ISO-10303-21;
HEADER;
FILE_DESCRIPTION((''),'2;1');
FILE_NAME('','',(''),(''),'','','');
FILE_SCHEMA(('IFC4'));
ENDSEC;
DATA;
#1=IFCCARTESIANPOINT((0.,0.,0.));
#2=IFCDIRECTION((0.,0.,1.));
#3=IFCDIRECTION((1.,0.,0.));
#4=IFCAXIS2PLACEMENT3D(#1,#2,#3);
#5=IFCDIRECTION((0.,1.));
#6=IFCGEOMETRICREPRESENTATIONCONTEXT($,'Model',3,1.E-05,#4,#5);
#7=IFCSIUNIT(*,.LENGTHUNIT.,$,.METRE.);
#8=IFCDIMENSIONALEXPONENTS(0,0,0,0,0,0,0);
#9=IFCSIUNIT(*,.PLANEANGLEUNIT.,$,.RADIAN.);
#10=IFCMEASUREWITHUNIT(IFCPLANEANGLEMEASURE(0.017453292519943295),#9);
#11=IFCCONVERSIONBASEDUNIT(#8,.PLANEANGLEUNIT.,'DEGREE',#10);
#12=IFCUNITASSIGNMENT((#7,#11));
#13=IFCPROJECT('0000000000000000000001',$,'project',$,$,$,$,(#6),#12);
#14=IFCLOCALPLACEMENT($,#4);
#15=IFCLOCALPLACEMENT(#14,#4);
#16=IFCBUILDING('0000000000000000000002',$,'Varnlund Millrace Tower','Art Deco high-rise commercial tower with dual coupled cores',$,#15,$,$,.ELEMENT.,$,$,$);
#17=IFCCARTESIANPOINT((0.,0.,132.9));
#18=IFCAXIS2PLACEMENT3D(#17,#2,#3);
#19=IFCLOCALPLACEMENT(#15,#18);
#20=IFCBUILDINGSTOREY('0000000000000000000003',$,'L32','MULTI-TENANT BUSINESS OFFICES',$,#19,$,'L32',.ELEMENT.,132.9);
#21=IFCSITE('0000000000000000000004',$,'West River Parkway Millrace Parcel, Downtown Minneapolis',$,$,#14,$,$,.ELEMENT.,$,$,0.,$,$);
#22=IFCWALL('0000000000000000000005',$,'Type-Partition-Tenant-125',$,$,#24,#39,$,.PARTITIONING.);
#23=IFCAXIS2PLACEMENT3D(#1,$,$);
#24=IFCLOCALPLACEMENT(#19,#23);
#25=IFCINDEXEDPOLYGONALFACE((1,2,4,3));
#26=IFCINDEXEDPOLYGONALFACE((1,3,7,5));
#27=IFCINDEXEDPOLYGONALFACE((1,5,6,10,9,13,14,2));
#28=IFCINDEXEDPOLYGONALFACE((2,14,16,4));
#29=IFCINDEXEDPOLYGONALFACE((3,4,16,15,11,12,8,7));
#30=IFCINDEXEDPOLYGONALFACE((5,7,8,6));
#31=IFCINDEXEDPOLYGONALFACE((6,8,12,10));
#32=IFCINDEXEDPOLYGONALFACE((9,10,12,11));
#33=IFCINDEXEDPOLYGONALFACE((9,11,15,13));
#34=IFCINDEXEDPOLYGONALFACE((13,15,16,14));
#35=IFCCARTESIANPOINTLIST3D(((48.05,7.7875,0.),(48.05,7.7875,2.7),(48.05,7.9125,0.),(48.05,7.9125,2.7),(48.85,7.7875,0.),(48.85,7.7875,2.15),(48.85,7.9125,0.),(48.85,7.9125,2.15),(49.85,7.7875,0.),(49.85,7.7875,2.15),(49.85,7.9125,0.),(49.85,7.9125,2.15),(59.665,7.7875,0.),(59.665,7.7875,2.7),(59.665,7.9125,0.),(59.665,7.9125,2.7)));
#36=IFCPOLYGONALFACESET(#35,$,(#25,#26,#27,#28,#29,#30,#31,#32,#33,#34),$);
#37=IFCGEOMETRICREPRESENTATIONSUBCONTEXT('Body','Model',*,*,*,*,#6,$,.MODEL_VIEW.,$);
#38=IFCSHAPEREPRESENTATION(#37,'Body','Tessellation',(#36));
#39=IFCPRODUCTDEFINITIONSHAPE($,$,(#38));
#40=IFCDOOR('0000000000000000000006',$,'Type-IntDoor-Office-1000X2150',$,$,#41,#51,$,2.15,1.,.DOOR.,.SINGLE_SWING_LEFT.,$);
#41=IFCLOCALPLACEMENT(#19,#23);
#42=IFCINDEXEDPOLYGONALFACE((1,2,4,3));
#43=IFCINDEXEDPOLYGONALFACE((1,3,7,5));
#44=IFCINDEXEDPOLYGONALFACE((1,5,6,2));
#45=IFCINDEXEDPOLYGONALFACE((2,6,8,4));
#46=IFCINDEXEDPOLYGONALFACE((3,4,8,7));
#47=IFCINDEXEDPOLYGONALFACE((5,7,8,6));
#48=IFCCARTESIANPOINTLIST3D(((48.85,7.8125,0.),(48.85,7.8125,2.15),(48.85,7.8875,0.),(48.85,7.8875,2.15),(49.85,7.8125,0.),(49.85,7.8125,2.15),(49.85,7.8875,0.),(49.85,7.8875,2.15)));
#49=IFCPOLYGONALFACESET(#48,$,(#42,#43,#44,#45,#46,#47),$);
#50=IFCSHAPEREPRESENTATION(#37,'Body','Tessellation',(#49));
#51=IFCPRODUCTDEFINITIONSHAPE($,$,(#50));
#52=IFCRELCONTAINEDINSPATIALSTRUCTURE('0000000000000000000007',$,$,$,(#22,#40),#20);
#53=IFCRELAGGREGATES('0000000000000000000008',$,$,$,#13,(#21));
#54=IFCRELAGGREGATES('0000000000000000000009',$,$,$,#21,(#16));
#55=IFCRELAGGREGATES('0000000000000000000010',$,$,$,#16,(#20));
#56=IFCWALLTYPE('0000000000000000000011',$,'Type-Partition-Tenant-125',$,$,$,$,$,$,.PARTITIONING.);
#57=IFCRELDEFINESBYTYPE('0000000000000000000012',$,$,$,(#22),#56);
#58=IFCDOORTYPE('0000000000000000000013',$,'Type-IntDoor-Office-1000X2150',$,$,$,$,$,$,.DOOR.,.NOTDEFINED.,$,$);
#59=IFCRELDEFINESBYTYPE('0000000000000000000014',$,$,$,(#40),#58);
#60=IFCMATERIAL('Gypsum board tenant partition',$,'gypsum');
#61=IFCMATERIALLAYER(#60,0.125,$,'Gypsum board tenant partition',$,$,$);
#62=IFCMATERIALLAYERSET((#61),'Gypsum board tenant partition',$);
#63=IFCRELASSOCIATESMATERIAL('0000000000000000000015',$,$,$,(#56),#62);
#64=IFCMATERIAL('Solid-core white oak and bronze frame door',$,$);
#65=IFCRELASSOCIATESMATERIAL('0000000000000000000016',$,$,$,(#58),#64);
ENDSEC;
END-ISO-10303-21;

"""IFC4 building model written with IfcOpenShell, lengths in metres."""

from ifc_helpers import new_model, entity, si_unit, converted_unit, direction, frame, origin_with_axes, origin_2d_with_axis, place, context, subcontext, project, spatial, polyline, rectangle, outline, extrude, material, layer, layer_set, type_object, element, fill, save


model = new_model("IFC4")

# Units and contexts
model_context = context("Model", 3, precision=1e-05, world=origin_with_axes(), true_north=direction((0.0, 1.0)))
body_context = subcontext(model_context, "Body", "Model", "MODEL_VIEW")
ifc_project = project(units=[si_unit("LENGTHUNIT", "METRE"), converted_unit("PLANEANGLEUNIT", "DEGREE", entity("IfcPlaneAngleMeasure", 0.017453292519943295), si_unit("PLANEANGLEUNIT", "RADIAN"), dimensions=[0, 0, 0, 0, 0, 0, 0])], contexts=[model_context])

# Site, building, storey
site_placement = place(None, origin_with_axes())
site = spatial("IfcSite", under=ifc_project, at=site_placement, Name="West River Parkway Millrace Parcel, Downtown Minneapolis", CompositionType="ELEMENT", RefElevation=0.0)
building_placement = place(site_placement, origin_with_axes())
building = spatial("IfcBuilding", under=site, at=building_placement, Name="Varnlund Millrace Tower", Description="Art Deco high-rise commercial tower with dual coupled cores", CompositionType="ELEMENT")
storey_placement = place(building_placement, frame((0.0, 0.0, 132.9), z_axis=(0.0, 0.0, 1.0), x_axis=(1.0, 0.0, 0.0)))
storey = spatial("IfcBuildingStorey", under=building, at=storey_placement, Name="L32", Description="MULTI-TENANT BUSINESS OFFICES", LongName="L32", CompositionType="ELEMENT", Elevation=132.9)

# Wall, opening, door
ifc_material_1 = material(Name="Gypsum board tenant partition", Category="gypsum")
ifc_layer_1 = layer(ifc_material_1, 0.125, Name="Gypsum board tenant partition")
ifc_layer_set_1 = layer_set([ifc_layer_1], Name="Gypsum board tenant partition")
wall_type_1 = type_object("IfcWallType", Name="Type-Partition-Tenant-125", PredefinedType="PARTITIONING", material=ifc_layer_set_1)
wall_1_placement = place(storey_placement, frame((59.665, 7.85, 0.0), z_axis=(0.0, 0.0, 1.0), x_axis=(-1.0, 0.0, 0.0)))
wall_1 = element("IfcWall", 1, at=wall_1_placement, inside=storey, type_object=wall_type_1, Name="Type-Partition-Tenant-125", PredefinedType="PARTITIONING", context=body_context, shape_type="SweptSolid", body=[
    extrude(outline(polyline([(0.0, -0.0625), (11.615, -0.0625), (11.615, 0.0625), (0.0, 0.0625), (0.0, -0.0625)])), origin_with_axes(), (0.0, 0.0, 1.0), 2.7),
])
opening_1_placement = place(wall_1_placement, frame((10.315, 0.0, 0.0), z_axis=(0.0, 0.0, 1.0), x_axis=(1.0, 0.0, 0.0)))
opening_1 = element("IfcOpeningElement", 2, at=opening_1_placement, cuts=wall_1, PredefinedType="OPENING", context=body_context, shape_type="SweptSolid", body=[
    extrude(rectangle(XDim=1.0, YDim=0.145, at=origin_2d_with_axis()), origin_with_axes(), (0.0, 0.0, 1.0), 2.15),
])
ifc_material_2 = material(Name="Solid-core white oak and bronze frame door")
door_type = type_object("IfcDoorType", Name="Type-IntDoor-Office-1000X2150", OperationType="NOTDEFINED", PredefinedType="DOOR", material=ifc_material_2)
door_placement = place(wall_1_placement, frame((10.315, 0.0, 0.0), z_axis=(0.0, 0.0, 1.0), x_axis=(1.0, 0.0, 0.0)))
door = element("IfcDoor", 3, at=door_placement, inside=storey, type_object=door_type, Name="Type-IntDoor-Office-1000X2150", OperationType="SINGLE_SWING_LEFT", OverallHeight=2.15, OverallWidth=1.0, PredefinedType="DOOR", context=body_context, shape_type="SweptSolid", body=[
    extrude(rectangle(XDim=1.0, YDim=0.075, at=origin_2d_with_axis()), origin_with_axes(), (0.0, 0.0, 1.0), 2.15),
])
fill(opening_1, door)

save(model, "model.ifc")
